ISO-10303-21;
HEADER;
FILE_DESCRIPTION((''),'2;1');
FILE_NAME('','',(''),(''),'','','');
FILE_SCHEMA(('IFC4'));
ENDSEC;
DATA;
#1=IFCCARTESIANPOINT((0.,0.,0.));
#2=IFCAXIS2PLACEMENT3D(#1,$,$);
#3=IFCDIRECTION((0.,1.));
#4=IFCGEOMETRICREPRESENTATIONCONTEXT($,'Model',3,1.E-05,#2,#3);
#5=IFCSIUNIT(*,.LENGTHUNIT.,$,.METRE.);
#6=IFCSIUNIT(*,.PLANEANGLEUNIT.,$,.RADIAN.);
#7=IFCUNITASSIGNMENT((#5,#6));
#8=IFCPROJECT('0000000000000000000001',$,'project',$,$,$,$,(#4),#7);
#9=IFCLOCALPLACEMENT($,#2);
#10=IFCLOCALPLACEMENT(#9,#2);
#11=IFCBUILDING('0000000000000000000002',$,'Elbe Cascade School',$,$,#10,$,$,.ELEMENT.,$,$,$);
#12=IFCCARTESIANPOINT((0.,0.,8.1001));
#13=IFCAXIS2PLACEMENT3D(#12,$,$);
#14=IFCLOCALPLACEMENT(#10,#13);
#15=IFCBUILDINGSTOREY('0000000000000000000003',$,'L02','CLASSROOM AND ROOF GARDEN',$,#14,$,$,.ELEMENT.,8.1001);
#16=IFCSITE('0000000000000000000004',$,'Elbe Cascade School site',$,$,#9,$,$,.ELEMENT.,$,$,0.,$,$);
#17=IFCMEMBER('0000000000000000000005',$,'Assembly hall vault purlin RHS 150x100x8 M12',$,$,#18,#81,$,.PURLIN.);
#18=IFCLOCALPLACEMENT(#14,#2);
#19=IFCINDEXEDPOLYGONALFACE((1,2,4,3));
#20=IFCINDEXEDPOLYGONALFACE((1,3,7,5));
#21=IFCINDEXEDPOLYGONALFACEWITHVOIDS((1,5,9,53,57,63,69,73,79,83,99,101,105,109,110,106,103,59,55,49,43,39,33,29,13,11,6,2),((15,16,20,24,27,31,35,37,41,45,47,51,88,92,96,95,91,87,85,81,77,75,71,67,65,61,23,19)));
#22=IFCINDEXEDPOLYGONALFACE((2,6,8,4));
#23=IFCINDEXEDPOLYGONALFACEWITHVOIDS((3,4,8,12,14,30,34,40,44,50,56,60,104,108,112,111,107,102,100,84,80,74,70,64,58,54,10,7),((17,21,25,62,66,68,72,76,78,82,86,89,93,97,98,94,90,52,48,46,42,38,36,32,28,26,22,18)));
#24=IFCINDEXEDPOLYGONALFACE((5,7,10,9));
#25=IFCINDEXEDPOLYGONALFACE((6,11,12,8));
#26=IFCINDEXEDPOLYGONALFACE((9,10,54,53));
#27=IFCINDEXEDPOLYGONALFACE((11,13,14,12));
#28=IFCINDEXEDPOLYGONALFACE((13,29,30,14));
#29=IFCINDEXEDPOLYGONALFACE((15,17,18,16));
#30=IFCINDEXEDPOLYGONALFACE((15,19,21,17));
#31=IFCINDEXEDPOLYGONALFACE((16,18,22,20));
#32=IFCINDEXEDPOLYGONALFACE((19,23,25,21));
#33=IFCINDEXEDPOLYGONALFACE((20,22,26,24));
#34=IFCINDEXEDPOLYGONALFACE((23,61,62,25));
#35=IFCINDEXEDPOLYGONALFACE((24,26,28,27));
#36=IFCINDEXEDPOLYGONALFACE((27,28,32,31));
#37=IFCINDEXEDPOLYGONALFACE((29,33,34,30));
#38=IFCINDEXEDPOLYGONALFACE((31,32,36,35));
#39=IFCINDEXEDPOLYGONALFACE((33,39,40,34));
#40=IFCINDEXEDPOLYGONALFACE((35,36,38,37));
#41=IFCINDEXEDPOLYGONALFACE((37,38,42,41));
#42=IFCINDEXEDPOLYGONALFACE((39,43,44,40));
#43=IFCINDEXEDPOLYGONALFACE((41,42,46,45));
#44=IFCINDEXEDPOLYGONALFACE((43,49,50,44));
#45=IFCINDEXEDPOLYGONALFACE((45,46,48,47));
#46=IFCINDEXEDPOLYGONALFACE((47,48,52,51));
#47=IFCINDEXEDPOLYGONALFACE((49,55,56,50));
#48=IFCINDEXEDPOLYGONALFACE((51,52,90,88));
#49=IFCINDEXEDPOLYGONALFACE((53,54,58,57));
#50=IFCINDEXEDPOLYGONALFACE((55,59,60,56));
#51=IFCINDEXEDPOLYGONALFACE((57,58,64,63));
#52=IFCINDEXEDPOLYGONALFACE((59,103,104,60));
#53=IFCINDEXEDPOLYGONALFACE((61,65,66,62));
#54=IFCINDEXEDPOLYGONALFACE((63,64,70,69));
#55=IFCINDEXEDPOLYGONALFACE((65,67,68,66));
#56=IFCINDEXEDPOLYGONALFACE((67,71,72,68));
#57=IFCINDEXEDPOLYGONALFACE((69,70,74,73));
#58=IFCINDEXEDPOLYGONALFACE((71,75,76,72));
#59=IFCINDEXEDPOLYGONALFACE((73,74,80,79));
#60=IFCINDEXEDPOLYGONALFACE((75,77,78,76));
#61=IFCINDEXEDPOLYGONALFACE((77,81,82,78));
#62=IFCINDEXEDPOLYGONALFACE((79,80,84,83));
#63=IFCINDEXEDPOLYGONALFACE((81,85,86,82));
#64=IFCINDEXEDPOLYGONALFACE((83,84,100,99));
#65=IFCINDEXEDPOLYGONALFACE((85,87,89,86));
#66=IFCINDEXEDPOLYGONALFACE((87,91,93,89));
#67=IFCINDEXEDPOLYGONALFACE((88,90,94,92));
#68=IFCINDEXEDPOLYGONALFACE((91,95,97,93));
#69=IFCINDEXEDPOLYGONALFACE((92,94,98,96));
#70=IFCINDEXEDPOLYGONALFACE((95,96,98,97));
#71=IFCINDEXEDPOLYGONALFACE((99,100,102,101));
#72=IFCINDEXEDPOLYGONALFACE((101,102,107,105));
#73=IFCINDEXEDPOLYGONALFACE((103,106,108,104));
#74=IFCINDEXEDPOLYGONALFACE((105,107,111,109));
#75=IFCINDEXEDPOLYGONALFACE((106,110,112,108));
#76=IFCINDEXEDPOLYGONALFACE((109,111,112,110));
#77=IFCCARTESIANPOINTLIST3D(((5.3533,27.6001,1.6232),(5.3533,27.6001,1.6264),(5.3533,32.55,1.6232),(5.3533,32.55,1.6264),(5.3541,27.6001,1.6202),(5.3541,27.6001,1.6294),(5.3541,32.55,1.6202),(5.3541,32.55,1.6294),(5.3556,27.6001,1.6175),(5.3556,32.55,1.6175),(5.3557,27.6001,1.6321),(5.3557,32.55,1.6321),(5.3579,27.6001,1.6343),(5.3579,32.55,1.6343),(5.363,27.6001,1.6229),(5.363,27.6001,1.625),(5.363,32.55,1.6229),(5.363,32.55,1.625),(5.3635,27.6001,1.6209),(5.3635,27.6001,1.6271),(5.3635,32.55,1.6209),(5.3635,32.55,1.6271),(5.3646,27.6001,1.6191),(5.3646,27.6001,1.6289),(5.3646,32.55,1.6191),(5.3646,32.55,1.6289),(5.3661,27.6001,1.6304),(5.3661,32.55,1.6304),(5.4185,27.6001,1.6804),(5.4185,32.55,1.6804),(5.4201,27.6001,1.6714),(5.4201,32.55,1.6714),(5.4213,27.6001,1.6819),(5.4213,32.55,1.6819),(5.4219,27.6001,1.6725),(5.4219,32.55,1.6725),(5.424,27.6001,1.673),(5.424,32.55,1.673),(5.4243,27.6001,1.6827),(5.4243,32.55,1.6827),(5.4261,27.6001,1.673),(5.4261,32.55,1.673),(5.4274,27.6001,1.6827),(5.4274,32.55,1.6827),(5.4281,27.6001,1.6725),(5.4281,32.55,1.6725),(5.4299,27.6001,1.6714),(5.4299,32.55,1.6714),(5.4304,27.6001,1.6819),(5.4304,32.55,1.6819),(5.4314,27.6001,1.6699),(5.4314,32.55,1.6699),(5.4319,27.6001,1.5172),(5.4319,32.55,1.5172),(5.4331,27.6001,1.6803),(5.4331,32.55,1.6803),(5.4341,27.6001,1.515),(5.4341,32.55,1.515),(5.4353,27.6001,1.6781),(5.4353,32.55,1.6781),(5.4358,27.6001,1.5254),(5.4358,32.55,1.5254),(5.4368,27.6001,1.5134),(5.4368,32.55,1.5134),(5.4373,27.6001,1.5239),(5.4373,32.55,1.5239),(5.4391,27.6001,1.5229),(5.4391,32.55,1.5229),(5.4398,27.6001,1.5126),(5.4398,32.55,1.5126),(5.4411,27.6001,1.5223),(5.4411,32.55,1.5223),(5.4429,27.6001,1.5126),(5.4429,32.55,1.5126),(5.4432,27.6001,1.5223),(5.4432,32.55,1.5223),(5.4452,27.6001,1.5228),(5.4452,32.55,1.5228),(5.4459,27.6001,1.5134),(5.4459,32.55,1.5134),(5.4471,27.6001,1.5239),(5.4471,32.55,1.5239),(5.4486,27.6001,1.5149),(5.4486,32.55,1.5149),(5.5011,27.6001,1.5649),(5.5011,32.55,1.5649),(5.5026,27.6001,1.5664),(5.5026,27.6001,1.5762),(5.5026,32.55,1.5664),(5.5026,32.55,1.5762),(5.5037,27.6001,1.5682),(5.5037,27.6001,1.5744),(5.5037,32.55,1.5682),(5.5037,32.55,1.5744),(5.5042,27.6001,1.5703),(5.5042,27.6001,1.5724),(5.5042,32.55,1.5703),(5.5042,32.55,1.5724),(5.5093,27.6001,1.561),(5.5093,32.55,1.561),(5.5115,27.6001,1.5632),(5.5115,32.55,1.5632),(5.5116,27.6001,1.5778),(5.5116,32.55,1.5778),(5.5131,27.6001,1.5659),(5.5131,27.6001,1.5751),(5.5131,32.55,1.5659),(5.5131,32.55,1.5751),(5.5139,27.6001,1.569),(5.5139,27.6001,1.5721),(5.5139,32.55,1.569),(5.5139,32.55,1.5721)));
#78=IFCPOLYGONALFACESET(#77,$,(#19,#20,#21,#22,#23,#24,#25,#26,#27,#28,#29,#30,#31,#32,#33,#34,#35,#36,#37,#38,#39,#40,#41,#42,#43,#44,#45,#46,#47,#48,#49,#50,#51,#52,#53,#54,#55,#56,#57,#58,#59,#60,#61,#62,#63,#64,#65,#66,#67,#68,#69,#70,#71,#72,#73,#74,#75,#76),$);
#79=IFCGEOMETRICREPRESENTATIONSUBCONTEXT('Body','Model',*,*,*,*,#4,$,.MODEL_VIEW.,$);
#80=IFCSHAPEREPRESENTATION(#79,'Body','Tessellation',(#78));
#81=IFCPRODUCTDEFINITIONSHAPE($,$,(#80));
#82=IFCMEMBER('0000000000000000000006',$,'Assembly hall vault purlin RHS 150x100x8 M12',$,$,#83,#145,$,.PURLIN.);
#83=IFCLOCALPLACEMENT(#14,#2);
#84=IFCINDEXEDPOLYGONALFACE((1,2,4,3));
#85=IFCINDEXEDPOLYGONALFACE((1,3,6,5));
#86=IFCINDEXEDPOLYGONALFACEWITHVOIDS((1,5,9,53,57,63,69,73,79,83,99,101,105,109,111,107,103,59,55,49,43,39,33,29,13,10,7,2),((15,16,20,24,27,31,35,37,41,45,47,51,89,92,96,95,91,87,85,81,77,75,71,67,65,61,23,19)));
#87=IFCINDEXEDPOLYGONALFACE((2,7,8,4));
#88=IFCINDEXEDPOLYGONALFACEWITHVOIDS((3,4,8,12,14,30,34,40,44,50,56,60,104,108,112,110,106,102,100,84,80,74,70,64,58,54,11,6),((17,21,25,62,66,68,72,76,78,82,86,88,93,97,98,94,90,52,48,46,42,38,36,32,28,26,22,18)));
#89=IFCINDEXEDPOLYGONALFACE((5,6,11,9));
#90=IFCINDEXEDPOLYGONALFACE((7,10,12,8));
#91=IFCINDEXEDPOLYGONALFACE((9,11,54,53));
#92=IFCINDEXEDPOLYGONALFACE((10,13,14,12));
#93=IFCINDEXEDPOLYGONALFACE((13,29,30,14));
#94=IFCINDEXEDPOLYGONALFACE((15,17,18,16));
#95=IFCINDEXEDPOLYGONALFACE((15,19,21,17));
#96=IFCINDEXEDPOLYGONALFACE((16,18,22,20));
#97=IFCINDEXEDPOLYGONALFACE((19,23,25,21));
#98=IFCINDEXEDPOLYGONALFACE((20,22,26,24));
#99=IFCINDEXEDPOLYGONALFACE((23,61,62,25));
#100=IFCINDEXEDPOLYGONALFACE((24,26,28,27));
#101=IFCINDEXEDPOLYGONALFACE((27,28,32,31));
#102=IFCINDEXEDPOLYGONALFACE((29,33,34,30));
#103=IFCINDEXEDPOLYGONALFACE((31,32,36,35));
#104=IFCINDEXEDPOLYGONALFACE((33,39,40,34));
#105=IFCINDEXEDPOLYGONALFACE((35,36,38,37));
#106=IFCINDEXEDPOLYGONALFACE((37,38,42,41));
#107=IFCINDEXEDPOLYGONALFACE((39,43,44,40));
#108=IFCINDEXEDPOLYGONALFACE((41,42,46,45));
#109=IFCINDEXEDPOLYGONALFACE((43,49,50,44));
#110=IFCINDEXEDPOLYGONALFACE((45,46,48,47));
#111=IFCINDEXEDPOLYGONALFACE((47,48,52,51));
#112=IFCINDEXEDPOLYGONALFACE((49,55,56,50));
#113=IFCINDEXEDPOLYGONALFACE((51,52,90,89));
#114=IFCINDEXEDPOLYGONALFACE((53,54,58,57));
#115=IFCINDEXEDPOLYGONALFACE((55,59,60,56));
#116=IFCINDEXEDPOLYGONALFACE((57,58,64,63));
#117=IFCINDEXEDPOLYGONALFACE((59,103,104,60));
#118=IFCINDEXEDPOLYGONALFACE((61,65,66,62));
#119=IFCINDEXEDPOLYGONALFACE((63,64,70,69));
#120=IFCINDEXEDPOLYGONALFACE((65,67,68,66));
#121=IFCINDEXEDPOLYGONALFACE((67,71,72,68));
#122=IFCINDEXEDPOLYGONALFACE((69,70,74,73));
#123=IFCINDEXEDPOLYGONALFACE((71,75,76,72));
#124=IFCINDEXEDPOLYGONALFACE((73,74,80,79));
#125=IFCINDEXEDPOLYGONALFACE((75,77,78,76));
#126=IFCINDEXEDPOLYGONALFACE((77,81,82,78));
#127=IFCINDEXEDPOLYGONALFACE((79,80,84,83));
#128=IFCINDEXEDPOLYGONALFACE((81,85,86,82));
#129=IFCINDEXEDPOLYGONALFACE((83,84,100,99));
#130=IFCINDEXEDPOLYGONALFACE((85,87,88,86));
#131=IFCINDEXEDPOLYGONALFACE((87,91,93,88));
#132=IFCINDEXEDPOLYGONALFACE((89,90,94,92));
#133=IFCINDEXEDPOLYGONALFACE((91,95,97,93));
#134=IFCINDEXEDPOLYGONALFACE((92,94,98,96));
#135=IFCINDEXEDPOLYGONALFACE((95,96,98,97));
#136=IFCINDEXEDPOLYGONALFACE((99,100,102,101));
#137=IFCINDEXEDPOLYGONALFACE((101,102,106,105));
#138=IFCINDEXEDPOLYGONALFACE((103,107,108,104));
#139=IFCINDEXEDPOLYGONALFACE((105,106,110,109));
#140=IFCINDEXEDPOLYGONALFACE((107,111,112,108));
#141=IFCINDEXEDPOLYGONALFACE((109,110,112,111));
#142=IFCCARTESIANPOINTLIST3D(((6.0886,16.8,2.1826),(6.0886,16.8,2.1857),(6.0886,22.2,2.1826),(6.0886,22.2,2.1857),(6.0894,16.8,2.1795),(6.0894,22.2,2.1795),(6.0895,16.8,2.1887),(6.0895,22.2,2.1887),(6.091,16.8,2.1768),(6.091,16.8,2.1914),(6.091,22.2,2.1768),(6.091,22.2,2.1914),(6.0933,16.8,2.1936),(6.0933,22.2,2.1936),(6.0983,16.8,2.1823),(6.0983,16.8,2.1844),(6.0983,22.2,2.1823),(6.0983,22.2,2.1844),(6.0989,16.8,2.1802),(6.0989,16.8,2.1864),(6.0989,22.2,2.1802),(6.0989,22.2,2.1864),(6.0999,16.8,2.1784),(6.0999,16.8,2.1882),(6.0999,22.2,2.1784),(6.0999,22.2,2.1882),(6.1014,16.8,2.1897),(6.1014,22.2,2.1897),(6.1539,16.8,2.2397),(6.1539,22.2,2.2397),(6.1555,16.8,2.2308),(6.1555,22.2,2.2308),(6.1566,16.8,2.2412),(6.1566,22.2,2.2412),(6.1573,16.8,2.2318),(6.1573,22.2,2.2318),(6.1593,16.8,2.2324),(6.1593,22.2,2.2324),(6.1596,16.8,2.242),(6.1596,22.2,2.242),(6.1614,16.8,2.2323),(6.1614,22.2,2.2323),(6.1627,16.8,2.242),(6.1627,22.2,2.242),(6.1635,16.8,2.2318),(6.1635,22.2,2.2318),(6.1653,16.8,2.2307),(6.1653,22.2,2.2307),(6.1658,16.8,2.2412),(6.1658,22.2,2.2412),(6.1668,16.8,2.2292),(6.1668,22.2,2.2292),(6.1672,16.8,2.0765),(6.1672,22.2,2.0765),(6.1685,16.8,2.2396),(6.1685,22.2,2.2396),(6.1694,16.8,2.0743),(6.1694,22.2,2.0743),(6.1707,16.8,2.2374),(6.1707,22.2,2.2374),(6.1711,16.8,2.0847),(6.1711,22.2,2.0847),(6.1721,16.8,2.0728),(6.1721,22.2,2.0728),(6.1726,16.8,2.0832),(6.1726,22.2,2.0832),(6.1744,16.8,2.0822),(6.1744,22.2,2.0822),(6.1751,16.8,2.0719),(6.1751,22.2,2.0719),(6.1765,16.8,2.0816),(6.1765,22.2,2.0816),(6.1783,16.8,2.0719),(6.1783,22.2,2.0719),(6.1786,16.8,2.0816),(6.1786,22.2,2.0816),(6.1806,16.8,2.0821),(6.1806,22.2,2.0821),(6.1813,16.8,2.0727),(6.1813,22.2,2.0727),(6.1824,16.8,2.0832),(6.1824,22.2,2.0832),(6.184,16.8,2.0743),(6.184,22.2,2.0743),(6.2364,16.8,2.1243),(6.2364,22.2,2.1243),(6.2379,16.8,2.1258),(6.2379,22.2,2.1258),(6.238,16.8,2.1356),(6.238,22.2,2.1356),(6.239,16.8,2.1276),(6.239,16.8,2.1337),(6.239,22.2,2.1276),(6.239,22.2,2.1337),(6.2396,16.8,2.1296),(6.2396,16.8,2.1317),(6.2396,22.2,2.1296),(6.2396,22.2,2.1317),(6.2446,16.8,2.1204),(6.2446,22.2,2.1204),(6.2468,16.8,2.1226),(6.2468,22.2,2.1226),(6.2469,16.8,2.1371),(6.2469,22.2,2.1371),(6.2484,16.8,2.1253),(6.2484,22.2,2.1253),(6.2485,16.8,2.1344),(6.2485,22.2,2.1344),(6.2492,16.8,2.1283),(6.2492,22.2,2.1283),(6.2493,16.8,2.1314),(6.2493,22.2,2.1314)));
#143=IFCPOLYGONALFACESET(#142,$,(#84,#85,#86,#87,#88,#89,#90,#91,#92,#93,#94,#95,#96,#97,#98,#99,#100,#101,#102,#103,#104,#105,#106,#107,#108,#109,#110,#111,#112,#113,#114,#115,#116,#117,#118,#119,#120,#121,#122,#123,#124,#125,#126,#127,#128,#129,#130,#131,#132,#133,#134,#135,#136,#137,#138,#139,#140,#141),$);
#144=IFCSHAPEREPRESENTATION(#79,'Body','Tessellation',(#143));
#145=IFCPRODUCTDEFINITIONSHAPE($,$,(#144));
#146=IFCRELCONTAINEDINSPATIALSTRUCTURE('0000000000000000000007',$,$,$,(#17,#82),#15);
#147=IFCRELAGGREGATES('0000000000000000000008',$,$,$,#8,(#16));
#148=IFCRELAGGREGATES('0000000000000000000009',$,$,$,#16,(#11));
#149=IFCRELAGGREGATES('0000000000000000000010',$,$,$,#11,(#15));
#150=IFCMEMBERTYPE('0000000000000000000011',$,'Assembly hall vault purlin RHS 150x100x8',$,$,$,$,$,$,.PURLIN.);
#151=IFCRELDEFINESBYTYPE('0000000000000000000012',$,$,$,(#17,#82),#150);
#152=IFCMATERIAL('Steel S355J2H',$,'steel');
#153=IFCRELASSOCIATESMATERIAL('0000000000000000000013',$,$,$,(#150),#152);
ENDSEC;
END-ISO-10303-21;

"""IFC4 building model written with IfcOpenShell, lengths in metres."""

from ifc_helpers import new_model, si_unit, direction, frame, origin, origin_2d, place, context, subcontext, project, spatial, hollow_rectangle, extrude, material, material_profile, profile_set, type_object, element, save


model = new_model("IFC4")

# Units and contexts
model_context = context("Model", 3, precision=1e-05, world=origin(), true_north=direction((0.0, 1.0)))
body_context = subcontext(model_context, "Body", "Model", "MODEL_VIEW")
ifc_project = project(units=[si_unit("LENGTHUNIT", "METRE"), si_unit("PLANEANGLEUNIT", "RADIAN")], contexts=[model_context])

# Site, building, storey
site_placement = place(None, origin())
site = spatial("IfcSite", under=ifc_project, at=site_placement, Name="Elbe Cascade School site", CompositionType="ELEMENT", RefElevation=0.0)
building_placement = place(site_placement, origin())
building = spatial("IfcBuilding", under=site, at=building_placement, Name="Elbe Cascade School", CompositionType="ELEMENT")
storey_placement = place(building_placement, frame((0.0, 0.0, 8.1001)))
storey = spatial("IfcBuildingStorey", under=building, at=storey_placement, Name="L02", Description="CLASSROOM AND ROOF GARDEN", CompositionType="ELEMENT", Elevation=8.1001)

# Members
ifc_material_1 = material(Name="Steel S355J2H", Category="steel")
ifc_material_profile_1 = material_profile(ifc_material_1, hollow_rectangle(XDim=0.1001, YDim=0.1499, WallThickness=0.0081, InnerFilletRadius=0.0081, OuterFilletRadius=0.012, at=origin_2d()), Name="RHS 150x100x8")
ifc_profile_set_1 = profile_set([ifc_material_profile_1], Name="Steel S355J2H")
member_type_1 = type_object("IfcMemberType", Name="Assembly hall vault purlin RHS 150x100x8", PredefinedType="PURLIN", material=ifc_profile_set_1)
member_1_placement = place(storey_placement, frame((5.4336, 27.6001, 1.5977), z_axis=(0.0, 1.0, 0.0), x_axis=(-0.795996, 0.0, -0.605302)))
element("IfcMember", 1, at=member_1_placement, inside=storey, type_object=member_type_1, Name="Assembly hall vault purlin RHS 150x100x8 M12", PredefinedType="PURLIN", context=body_context, shape_type="SweptSolid", body=[
    extrude(hollow_rectangle(XDim=0.1001, YDim=0.1499, WallThickness=0.0081, InnerFilletRadius=0.0081, OuterFilletRadius=0.012, at=origin_2d()), origin(), (0.0, 0.0, 1.0), 4.95),
])
member_2_placement = place(storey_placement, frame((6.1689, 16.8, 2.157), z_axis=(0.0, 1.0, 0.0), x_axis=(-0.795996, 0.0, -0.605302)))
element("IfcMember", 2, at=member_2_placement, inside=storey, type_object=member_type_1, Name="Assembly hall vault purlin RHS 150x100x8 M12", PredefinedType="PURLIN", context=body_context, shape_type="SweptSolid", body=[
    extrude(hollow_rectangle(XDim=0.1001, YDim=0.1499, WallThickness=0.0081, InnerFilletRadius=0.0081, OuterFilletRadius=0.012, at=origin_2d()), origin(), (0.0, 0.0, 1.0), 5.3999),
])

save(model, "model.ifc")
